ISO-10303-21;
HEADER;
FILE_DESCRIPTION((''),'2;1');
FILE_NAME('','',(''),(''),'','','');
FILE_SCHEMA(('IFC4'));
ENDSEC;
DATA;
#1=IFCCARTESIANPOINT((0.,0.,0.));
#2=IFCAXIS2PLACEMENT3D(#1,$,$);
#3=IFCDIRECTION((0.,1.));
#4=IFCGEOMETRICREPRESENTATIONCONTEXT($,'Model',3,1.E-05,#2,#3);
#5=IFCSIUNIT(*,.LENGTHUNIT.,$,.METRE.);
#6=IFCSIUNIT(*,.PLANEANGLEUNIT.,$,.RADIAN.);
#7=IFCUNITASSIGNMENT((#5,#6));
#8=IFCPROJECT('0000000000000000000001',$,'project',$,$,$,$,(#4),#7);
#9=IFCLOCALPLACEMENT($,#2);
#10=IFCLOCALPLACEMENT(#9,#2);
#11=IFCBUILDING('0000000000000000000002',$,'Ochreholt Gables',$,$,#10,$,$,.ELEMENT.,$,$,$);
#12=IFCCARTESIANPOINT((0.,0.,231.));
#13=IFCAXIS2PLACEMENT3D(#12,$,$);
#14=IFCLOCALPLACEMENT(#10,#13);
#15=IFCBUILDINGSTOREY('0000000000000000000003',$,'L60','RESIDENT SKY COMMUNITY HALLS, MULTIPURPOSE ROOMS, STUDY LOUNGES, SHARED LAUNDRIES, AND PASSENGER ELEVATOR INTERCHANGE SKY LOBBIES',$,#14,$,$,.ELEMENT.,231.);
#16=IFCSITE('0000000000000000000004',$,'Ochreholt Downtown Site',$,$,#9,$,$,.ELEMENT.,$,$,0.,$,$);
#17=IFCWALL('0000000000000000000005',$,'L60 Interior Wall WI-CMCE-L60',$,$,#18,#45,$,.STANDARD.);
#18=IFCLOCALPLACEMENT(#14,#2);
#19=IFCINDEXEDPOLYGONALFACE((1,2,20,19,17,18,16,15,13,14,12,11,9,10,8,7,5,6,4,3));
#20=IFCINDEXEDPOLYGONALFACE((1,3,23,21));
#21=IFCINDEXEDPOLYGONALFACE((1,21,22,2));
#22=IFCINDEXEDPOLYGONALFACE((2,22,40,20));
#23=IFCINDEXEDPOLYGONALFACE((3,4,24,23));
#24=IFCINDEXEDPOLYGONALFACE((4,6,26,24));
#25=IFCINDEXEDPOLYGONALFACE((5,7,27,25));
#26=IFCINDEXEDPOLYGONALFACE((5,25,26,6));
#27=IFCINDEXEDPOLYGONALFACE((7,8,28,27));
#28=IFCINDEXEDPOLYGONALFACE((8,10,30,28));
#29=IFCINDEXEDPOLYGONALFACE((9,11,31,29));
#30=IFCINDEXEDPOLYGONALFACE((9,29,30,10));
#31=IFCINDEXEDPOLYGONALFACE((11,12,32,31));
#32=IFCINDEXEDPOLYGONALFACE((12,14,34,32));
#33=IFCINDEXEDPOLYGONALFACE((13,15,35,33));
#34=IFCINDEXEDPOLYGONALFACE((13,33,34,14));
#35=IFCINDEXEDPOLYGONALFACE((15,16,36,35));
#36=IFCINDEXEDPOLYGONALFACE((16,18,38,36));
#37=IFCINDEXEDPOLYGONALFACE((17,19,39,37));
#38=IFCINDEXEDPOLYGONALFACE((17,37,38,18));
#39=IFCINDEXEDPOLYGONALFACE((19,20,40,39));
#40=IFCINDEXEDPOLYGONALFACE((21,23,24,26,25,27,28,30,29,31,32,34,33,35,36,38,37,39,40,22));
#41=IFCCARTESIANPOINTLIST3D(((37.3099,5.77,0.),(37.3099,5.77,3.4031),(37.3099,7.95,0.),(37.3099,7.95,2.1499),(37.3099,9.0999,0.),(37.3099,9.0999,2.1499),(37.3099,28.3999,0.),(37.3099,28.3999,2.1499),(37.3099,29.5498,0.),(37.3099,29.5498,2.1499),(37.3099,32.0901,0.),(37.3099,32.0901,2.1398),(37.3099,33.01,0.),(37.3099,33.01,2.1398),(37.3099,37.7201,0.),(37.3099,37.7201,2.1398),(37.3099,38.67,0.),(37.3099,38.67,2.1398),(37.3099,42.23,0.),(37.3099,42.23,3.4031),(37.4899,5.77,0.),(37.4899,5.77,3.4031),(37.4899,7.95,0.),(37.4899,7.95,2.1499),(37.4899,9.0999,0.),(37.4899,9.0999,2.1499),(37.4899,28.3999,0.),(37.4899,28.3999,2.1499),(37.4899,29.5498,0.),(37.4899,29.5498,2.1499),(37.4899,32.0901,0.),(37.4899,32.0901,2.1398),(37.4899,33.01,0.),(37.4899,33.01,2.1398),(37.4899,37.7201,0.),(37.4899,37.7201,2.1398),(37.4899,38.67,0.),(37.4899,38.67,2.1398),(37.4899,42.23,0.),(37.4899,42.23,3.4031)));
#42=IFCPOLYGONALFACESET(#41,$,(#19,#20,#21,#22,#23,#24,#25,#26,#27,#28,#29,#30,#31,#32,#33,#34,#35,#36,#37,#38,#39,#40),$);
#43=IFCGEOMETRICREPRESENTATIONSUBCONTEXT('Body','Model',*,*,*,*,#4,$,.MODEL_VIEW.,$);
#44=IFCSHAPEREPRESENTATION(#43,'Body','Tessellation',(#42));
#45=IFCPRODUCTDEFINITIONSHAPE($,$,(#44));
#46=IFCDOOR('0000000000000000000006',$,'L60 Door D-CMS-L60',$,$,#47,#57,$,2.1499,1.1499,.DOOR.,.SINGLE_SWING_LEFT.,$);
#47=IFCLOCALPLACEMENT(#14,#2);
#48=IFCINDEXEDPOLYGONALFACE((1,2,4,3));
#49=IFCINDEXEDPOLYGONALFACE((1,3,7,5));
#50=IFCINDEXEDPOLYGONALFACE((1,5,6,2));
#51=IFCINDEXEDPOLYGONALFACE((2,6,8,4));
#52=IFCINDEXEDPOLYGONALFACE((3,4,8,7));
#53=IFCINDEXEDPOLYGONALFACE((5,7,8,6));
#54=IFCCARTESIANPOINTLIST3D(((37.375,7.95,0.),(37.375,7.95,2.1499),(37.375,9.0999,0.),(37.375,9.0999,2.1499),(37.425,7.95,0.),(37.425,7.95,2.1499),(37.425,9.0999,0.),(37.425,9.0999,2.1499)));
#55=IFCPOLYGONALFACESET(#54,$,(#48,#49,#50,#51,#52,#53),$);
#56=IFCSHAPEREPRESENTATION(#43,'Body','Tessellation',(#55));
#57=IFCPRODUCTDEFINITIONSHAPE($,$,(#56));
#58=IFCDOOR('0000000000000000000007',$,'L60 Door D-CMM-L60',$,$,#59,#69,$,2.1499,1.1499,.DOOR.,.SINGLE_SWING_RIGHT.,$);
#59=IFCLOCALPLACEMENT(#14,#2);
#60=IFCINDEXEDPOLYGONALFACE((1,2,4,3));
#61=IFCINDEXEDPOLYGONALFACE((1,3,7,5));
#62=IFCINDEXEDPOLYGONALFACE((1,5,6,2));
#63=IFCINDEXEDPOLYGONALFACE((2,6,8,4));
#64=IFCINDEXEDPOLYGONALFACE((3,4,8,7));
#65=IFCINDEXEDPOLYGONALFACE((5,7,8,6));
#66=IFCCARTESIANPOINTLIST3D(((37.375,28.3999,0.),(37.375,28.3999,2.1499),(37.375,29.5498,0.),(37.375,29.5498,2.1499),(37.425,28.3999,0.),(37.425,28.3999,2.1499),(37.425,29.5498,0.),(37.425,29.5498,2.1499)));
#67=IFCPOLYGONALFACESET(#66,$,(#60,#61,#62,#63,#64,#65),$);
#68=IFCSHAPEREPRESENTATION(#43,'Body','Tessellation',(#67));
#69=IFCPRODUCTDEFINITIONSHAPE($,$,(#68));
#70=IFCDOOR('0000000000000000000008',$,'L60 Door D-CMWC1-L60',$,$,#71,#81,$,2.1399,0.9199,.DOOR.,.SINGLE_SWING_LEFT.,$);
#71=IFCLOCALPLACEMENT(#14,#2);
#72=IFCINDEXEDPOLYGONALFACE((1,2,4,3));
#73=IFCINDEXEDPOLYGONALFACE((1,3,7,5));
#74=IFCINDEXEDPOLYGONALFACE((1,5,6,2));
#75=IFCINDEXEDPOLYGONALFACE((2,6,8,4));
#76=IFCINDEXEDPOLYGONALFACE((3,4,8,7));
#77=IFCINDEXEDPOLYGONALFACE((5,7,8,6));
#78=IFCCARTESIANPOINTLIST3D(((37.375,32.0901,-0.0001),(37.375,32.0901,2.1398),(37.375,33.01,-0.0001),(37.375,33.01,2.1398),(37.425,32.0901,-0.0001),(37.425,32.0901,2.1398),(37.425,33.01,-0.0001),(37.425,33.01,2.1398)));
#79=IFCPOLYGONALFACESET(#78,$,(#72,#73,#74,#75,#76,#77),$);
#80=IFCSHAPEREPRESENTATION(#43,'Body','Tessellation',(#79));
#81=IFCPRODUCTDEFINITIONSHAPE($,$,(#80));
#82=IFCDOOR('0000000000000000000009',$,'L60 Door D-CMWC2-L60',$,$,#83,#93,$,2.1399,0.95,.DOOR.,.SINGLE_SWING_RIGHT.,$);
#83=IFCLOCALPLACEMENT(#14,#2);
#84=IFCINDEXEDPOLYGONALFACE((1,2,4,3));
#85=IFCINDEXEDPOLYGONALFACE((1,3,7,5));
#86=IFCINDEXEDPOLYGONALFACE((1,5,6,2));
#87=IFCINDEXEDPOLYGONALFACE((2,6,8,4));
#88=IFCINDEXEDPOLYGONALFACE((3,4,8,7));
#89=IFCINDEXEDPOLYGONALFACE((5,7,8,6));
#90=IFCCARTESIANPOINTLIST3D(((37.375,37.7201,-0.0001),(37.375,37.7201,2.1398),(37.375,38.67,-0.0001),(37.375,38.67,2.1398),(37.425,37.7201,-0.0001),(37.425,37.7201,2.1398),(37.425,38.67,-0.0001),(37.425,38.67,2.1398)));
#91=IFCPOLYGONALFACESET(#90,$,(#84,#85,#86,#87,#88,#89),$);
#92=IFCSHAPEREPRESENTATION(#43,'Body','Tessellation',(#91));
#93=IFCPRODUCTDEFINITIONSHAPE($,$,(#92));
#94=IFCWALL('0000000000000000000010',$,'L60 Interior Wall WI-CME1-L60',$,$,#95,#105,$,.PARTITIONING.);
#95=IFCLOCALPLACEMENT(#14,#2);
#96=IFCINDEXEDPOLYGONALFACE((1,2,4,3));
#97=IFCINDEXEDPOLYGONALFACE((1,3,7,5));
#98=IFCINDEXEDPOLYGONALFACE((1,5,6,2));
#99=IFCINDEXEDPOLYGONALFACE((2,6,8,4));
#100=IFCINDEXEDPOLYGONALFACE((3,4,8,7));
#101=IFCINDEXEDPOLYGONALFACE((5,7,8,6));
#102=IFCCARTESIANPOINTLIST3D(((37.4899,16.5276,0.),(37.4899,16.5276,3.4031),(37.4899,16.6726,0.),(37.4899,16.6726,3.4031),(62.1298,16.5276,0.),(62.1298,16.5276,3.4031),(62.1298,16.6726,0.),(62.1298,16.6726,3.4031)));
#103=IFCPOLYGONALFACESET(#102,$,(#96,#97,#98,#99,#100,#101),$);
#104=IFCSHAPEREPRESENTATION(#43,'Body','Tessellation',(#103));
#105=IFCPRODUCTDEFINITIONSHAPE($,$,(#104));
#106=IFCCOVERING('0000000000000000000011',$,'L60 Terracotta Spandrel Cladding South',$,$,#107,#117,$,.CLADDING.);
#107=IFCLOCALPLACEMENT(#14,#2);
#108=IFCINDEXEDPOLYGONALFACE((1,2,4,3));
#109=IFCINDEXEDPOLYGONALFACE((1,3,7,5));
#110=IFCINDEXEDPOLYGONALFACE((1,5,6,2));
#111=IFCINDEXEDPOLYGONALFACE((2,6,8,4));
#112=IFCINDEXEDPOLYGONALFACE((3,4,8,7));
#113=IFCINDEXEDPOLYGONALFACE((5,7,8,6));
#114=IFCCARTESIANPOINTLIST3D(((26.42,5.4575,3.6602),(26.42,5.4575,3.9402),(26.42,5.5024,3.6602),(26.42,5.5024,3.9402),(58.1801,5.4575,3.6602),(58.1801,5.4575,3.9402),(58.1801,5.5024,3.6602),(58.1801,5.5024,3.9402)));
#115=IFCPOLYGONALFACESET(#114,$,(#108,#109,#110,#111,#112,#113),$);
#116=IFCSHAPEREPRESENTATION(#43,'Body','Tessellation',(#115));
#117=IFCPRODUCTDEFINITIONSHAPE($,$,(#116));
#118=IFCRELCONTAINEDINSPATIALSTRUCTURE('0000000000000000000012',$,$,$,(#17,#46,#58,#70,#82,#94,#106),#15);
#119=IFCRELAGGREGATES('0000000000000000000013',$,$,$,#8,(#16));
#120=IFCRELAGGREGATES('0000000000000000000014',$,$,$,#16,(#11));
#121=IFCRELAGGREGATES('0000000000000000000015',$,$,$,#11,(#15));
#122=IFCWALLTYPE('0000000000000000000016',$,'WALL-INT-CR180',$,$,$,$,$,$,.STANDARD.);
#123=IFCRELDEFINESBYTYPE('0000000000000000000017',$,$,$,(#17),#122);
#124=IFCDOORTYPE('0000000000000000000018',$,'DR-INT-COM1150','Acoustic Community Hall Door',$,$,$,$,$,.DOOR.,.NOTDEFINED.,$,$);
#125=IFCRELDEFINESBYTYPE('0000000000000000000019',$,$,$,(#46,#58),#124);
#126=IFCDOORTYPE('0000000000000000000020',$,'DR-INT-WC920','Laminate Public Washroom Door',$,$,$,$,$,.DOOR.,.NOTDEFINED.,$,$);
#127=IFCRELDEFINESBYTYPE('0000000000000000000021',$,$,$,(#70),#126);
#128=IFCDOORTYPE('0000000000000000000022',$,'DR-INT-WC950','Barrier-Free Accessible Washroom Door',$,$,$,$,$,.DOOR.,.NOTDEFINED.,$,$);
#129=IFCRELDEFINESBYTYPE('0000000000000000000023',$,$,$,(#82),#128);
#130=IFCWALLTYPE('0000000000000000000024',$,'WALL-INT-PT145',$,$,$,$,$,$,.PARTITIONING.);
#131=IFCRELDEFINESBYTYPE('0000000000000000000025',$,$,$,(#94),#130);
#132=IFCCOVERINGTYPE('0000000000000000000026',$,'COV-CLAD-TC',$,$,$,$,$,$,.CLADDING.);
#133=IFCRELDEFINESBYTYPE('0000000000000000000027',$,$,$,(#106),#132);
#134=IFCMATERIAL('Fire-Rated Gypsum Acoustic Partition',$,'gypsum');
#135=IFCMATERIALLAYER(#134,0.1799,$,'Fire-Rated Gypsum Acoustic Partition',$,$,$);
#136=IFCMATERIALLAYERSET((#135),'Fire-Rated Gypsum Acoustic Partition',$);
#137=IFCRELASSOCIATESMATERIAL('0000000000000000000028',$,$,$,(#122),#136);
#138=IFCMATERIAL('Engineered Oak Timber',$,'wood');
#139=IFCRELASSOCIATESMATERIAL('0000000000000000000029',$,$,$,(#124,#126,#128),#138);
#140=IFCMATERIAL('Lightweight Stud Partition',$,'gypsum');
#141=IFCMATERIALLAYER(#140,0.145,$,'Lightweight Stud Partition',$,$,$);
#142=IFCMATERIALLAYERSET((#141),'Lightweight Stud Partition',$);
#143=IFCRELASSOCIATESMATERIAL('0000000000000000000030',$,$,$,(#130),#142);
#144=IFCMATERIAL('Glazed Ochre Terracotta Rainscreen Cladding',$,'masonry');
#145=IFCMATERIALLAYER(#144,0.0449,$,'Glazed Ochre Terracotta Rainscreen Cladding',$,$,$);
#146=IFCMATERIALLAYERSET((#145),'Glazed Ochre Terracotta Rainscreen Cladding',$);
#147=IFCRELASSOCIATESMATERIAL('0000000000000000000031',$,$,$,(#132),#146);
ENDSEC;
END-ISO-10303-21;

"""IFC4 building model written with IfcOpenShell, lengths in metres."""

from ifc_helpers import new_model, si_unit, direction, frame, frame_2d, origin, origin_2d, place, context, subcontext, project, spatial, rectangle, extrude, material, layer, layer_set, type_object, element, fill, save


model = new_model("IFC4")

# Units and contexts
model_context = context("Model", 3, precision=1e-05, world=origin(), true_north=direction((0.0, 1.0)))
body_context = subcontext(model_context, "Body", "Model", "MODEL_VIEW")
ifc_project = project(units=[si_unit("LENGTHUNIT", "METRE"), si_unit("PLANEANGLEUNIT", "RADIAN")], contexts=[model_context])

# Site, building, storey
site_placement = place(None, origin())
site = spatial("IfcSite", under=ifc_project, at=site_placement, Name="Ochreholt Downtown Site", CompositionType="ELEMENT", RefElevation=0.0)
building_placement = place(site_placement, origin())
building = spatial("IfcBuilding", under=site, at=building_placement, Name="Ochreholt Gables", CompositionType="ELEMENT")
storey_placement = place(building_placement, frame((0.0, 0.0, 231.0)))
storey = spatial("IfcBuildingStorey", under=building, at=storey_placement, Name="L60", Description="RESIDENT SKY COMMUNITY HALLS, MULTIPURPOSE ROOMS, STUDY LOUNGES, SHARED LAUNDRIES, AND PASSENGER ELEVATOR INTERCHANGE SKY LOBBIES", CompositionType="ELEMENT", Elevation=231.0)

# Wall, openings, doors
ifc_material_1 = material(Name="Fire-Rated Gypsum Acoustic Partition", Category="gypsum")
ifc_layer_1 = layer(ifc_material_1, 0.1799, Name="Fire-Rated Gypsum Acoustic Partition")
ifc_layer_set_1 = layer_set([ifc_layer_1], Name="Fire-Rated Gypsum Acoustic Partition")
wall_type_1 = type_object("IfcWallType", Name="WALL-INT-CR180", PredefinedType="STANDARD", material=ifc_layer_set_1)
wall_1_placement = place(storey_placement, frame((37.3999, 5.77, 0.0), z_axis=(0.0, 0.0, 1.0), x_axis=(0.0, 1.0, 0.0)))
wall_1 = element("IfcWall", 1, at=wall_1_placement, inside=storey, type_object=wall_type_1, Name="L60 Interior Wall WI-CMCE-L60", PredefinedType="STANDARD", context=body_context, shape_type="SweptSolid", body=[
    extrude(rectangle(XDim=36.46, YDim=0.1799, at=frame_2d((18.23, 0.0))), origin(), (0.0, 0.0, 1.0), 3.4031),
])
opening_1_placement = place(wall_1_placement, frame((26.3201, 0.0, 0.0)))
opening_1 = element("IfcOpeningElement", 2, at=opening_1_placement, cuts=wall_1, PredefinedType="OPENING", context=body_context, shape_type="SweptSolid", body=[
    extrude(rectangle(XDim=0.9199, YDim=2.1399, at=frame_2d((0.46, 1.0698))), frame((0.0, 0.0999, 0.0), z_axis=(0.0, -1.0, 0.0), x_axis=(1.0, 0.0, 0.0)), (0.0, 0.0, 1.0), 0.2),
])
opening_2_placement = place(wall_1_placement, frame((31.95, 0.0, 0.0)))
opening_2 = element("IfcOpeningElement", 3, at=opening_2_placement, cuts=wall_1, PredefinedType="OPENING", context=body_context, shape_type="SweptSolid", body=[
    extrude(rectangle(XDim=0.95, YDim=2.1399, at=frame_2d((0.4751, 1.0698))), frame((0.0, 0.0999, 0.0), z_axis=(0.0, -1.0, 0.0), x_axis=(1.0, 0.0, 0.0)), (0.0, 0.0, 1.0), 0.2),
])
opening_3_placement = place(wall_1_placement, frame((2.1799, 0.0, 0.0)))
opening_3 = element("IfcOpeningElement", 4, at=opening_3_placement, cuts=wall_1, PredefinedType="OPENING", context=body_context, shape_type="SweptSolid", body=[
    extrude(rectangle(XDim=1.1499, YDim=2.1499, at=frame_2d((0.575, 1.075))), frame((0.0, 0.0999, 0.0), z_axis=(0.0, -1.0, 0.0), x_axis=(1.0, 0.0, 0.0)), (0.0, 0.0, 1.0), 0.2),
])
opening_4_placement = place(wall_1_placement, frame((22.6299, 0.0, 0.0)))
opening_4 = element("IfcOpeningElement", 5, at=opening_4_placement, cuts=wall_1, PredefinedType="OPENING", context=body_context, shape_type="SweptSolid", body=[
    extrude(rectangle(XDim=1.1499, YDim=2.1499, at=frame_2d((0.575, 1.075))), frame((0.0, 0.0999, 0.0), z_axis=(0.0, -1.0, 0.0), x_axis=(1.0, 0.0, 0.0)), (0.0, 0.0, 1.0), 0.2),
])
ifc_material_2 = material(Name="Engineered Oak Timber", Category="wood")
door_type_1 = type_object("IfcDoorType", Name="DR-INT-COM1150", Description="Acoustic Community Hall Door", OperationType="NOTDEFINED", PredefinedType="DOOR", material=ifc_material_2)
door_1_placement = place(opening_3_placement, origin())
door_1 = element("IfcDoor", 6, at=door_1_placement, inside=storey, type_object=door_type_1, Name="L60 Door D-CMS-L60", OperationType="SINGLE_SWING_LEFT", OverallHeight=2.1499, OverallWidth=1.1499, PredefinedType="DOOR", context=body_context, shape_type="SweptSolid", body=[
    extrude(rectangle(XDim=1.1499, YDim=2.1499, at=frame_2d((0.575, 1.075))), frame((0.0, 0.0249, 0.0), z_axis=(0.0, -1.0, 0.0), x_axis=(1.0, 0.0, 0.0)), (0.0, 0.0, 1.0), 0.05),
])
fill(opening_3, door_1)
door_2_placement = place(opening_4_placement, origin())
door_2 = element("IfcDoor", 7, at=door_2_placement, inside=storey, type_object=door_type_1, Name="L60 Door D-CMM-L60", OperationType="SINGLE_SWING_RIGHT", OverallHeight=2.1499, OverallWidth=1.1499, PredefinedType="DOOR", context=body_context, shape_type="SweptSolid", body=[
    extrude(rectangle(XDim=1.1499, YDim=2.1499, at=frame_2d((0.575, 1.075))), frame((0.0, 0.0249, 0.0), z_axis=(0.0, -1.0, 0.0), x_axis=(1.0, 0.0, 0.0)), (0.0, 0.0, 1.0), 0.05),
])
fill(opening_4, door_2)
door_type_2 = type_object("IfcDoorType", Name="DR-INT-WC920", Description="Laminate Public Washroom Door", OperationType="NOTDEFINED", PredefinedType="DOOR", material=ifc_material_2)
door_3_placement = place(opening_1_placement, origin())
door_3 = element("IfcDoor", 8, at=door_3_placement, inside=storey, type_object=door_type_2, Name="L60 Door D-CMWC1-L60", OperationType="SINGLE_SWING_LEFT", OverallHeight=2.1399, OverallWidth=0.9199, PredefinedType="DOOR", context=body_context, shape_type="SweptSolid", body=[
    extrude(rectangle(XDim=0.9199, YDim=2.1399, at=frame_2d((0.46, 1.0698))), frame((0.0, 0.0249, 0.0), z_axis=(0.0, -1.0, 0.0), x_axis=(1.0, 0.0, 0.0)), (0.0, 0.0, 1.0), 0.05),
])
fill(opening_1, door_3)
door_type_3 = type_object("IfcDoorType", Name="DR-INT-WC950", Description="Barrier-Free Accessible Washroom Door", OperationType="NOTDEFINED", PredefinedType="DOOR", material=ifc_material_2)
door_4_placement = place(opening_2_placement, origin())
door_4 = element("IfcDoor", 9, at=door_4_placement, inside=storey, type_object=door_type_3, Name="L60 Door D-CMWC2-L60", OperationType="SINGLE_SWING_RIGHT", OverallHeight=2.1399, OverallWidth=0.95, PredefinedType="DOOR", context=body_context, shape_type="SweptSolid", body=[
    extrude(rectangle(XDim=0.95, YDim=2.1399, at=frame_2d((0.4751, 1.0698))), frame((0.0, 0.0249, 0.0), z_axis=(0.0, -1.0, 0.0), x_axis=(1.0, 0.0, 0.0)), (0.0, 0.0, 1.0), 0.05),
])
fill(opening_2, door_4)

# Wall
ifc_material_3 = material(Name="Lightweight Stud Partition", Category="gypsum")
ifc_layer_2 = layer(ifc_material_3, 0.145, Name="Lightweight Stud Partition")
ifc_layer_set_2 = layer_set([ifc_layer_2], Name="Lightweight Stud Partition")
wall_type_2 = type_object("IfcWallType", Name="WALL-INT-PT145", PredefinedType="PARTITIONING", material=ifc_layer_set_2)
wall_2_placement = place(storey_placement, frame((37.49, 16.6001, 0.0), z_axis=(0.0, 0.0, 1.0), x_axis=(1.0, 0.0, 0.0)))
element("IfcWall", 10, at=wall_2_placement, inside=storey, type_object=wall_type_2, Name="L60 Interior Wall WI-CME1-L60", PredefinedType="PARTITIONING", context=body_context, shape_type="SweptSolid", body=[
    extrude(rectangle(XDim=24.6399, YDim=0.145, at=frame_2d((12.3198, 0.0))), origin(), (0.0, 0.0, 1.0), 3.4031),
])

# Covering
ifc_material_4 = material(Name="Glazed Ochre Terracotta Rainscreen Cladding", Category="masonry")
ifc_layer_3 = layer(ifc_material_4, 0.0449, Name="Glazed Ochre Terracotta Rainscreen Cladding")
ifc_layer_set_3 = layer_set([ifc_layer_3], Name="Glazed Ochre Terracotta Rainscreen Cladding")
covering_type = type_object("IfcCoveringType", Name="COV-CLAD-TC", PredefinedType="CLADDING", material=ifc_layer_set_3)
covering_placement = place(storey_placement, frame((42.3, 5.48, 3.6602), z_axis=(0.0, 0.0, 1.0), x_axis=(1.0, 0.0, 0.0)))
element("IfcCovering", 11, at=covering_placement, inside=storey, type_object=covering_type, Name="L60 Terracotta Spandrel Cladding South", PredefinedType="CLADDING", context=body_context, shape_type="SweptSolid", body=[
    extrude(rectangle(XDim=31.76, YDim=0.0449, at=origin_2d()), origin(), (0.0, 0.0, 1.0), 0.28),
])

save(model, "model.ifc")
